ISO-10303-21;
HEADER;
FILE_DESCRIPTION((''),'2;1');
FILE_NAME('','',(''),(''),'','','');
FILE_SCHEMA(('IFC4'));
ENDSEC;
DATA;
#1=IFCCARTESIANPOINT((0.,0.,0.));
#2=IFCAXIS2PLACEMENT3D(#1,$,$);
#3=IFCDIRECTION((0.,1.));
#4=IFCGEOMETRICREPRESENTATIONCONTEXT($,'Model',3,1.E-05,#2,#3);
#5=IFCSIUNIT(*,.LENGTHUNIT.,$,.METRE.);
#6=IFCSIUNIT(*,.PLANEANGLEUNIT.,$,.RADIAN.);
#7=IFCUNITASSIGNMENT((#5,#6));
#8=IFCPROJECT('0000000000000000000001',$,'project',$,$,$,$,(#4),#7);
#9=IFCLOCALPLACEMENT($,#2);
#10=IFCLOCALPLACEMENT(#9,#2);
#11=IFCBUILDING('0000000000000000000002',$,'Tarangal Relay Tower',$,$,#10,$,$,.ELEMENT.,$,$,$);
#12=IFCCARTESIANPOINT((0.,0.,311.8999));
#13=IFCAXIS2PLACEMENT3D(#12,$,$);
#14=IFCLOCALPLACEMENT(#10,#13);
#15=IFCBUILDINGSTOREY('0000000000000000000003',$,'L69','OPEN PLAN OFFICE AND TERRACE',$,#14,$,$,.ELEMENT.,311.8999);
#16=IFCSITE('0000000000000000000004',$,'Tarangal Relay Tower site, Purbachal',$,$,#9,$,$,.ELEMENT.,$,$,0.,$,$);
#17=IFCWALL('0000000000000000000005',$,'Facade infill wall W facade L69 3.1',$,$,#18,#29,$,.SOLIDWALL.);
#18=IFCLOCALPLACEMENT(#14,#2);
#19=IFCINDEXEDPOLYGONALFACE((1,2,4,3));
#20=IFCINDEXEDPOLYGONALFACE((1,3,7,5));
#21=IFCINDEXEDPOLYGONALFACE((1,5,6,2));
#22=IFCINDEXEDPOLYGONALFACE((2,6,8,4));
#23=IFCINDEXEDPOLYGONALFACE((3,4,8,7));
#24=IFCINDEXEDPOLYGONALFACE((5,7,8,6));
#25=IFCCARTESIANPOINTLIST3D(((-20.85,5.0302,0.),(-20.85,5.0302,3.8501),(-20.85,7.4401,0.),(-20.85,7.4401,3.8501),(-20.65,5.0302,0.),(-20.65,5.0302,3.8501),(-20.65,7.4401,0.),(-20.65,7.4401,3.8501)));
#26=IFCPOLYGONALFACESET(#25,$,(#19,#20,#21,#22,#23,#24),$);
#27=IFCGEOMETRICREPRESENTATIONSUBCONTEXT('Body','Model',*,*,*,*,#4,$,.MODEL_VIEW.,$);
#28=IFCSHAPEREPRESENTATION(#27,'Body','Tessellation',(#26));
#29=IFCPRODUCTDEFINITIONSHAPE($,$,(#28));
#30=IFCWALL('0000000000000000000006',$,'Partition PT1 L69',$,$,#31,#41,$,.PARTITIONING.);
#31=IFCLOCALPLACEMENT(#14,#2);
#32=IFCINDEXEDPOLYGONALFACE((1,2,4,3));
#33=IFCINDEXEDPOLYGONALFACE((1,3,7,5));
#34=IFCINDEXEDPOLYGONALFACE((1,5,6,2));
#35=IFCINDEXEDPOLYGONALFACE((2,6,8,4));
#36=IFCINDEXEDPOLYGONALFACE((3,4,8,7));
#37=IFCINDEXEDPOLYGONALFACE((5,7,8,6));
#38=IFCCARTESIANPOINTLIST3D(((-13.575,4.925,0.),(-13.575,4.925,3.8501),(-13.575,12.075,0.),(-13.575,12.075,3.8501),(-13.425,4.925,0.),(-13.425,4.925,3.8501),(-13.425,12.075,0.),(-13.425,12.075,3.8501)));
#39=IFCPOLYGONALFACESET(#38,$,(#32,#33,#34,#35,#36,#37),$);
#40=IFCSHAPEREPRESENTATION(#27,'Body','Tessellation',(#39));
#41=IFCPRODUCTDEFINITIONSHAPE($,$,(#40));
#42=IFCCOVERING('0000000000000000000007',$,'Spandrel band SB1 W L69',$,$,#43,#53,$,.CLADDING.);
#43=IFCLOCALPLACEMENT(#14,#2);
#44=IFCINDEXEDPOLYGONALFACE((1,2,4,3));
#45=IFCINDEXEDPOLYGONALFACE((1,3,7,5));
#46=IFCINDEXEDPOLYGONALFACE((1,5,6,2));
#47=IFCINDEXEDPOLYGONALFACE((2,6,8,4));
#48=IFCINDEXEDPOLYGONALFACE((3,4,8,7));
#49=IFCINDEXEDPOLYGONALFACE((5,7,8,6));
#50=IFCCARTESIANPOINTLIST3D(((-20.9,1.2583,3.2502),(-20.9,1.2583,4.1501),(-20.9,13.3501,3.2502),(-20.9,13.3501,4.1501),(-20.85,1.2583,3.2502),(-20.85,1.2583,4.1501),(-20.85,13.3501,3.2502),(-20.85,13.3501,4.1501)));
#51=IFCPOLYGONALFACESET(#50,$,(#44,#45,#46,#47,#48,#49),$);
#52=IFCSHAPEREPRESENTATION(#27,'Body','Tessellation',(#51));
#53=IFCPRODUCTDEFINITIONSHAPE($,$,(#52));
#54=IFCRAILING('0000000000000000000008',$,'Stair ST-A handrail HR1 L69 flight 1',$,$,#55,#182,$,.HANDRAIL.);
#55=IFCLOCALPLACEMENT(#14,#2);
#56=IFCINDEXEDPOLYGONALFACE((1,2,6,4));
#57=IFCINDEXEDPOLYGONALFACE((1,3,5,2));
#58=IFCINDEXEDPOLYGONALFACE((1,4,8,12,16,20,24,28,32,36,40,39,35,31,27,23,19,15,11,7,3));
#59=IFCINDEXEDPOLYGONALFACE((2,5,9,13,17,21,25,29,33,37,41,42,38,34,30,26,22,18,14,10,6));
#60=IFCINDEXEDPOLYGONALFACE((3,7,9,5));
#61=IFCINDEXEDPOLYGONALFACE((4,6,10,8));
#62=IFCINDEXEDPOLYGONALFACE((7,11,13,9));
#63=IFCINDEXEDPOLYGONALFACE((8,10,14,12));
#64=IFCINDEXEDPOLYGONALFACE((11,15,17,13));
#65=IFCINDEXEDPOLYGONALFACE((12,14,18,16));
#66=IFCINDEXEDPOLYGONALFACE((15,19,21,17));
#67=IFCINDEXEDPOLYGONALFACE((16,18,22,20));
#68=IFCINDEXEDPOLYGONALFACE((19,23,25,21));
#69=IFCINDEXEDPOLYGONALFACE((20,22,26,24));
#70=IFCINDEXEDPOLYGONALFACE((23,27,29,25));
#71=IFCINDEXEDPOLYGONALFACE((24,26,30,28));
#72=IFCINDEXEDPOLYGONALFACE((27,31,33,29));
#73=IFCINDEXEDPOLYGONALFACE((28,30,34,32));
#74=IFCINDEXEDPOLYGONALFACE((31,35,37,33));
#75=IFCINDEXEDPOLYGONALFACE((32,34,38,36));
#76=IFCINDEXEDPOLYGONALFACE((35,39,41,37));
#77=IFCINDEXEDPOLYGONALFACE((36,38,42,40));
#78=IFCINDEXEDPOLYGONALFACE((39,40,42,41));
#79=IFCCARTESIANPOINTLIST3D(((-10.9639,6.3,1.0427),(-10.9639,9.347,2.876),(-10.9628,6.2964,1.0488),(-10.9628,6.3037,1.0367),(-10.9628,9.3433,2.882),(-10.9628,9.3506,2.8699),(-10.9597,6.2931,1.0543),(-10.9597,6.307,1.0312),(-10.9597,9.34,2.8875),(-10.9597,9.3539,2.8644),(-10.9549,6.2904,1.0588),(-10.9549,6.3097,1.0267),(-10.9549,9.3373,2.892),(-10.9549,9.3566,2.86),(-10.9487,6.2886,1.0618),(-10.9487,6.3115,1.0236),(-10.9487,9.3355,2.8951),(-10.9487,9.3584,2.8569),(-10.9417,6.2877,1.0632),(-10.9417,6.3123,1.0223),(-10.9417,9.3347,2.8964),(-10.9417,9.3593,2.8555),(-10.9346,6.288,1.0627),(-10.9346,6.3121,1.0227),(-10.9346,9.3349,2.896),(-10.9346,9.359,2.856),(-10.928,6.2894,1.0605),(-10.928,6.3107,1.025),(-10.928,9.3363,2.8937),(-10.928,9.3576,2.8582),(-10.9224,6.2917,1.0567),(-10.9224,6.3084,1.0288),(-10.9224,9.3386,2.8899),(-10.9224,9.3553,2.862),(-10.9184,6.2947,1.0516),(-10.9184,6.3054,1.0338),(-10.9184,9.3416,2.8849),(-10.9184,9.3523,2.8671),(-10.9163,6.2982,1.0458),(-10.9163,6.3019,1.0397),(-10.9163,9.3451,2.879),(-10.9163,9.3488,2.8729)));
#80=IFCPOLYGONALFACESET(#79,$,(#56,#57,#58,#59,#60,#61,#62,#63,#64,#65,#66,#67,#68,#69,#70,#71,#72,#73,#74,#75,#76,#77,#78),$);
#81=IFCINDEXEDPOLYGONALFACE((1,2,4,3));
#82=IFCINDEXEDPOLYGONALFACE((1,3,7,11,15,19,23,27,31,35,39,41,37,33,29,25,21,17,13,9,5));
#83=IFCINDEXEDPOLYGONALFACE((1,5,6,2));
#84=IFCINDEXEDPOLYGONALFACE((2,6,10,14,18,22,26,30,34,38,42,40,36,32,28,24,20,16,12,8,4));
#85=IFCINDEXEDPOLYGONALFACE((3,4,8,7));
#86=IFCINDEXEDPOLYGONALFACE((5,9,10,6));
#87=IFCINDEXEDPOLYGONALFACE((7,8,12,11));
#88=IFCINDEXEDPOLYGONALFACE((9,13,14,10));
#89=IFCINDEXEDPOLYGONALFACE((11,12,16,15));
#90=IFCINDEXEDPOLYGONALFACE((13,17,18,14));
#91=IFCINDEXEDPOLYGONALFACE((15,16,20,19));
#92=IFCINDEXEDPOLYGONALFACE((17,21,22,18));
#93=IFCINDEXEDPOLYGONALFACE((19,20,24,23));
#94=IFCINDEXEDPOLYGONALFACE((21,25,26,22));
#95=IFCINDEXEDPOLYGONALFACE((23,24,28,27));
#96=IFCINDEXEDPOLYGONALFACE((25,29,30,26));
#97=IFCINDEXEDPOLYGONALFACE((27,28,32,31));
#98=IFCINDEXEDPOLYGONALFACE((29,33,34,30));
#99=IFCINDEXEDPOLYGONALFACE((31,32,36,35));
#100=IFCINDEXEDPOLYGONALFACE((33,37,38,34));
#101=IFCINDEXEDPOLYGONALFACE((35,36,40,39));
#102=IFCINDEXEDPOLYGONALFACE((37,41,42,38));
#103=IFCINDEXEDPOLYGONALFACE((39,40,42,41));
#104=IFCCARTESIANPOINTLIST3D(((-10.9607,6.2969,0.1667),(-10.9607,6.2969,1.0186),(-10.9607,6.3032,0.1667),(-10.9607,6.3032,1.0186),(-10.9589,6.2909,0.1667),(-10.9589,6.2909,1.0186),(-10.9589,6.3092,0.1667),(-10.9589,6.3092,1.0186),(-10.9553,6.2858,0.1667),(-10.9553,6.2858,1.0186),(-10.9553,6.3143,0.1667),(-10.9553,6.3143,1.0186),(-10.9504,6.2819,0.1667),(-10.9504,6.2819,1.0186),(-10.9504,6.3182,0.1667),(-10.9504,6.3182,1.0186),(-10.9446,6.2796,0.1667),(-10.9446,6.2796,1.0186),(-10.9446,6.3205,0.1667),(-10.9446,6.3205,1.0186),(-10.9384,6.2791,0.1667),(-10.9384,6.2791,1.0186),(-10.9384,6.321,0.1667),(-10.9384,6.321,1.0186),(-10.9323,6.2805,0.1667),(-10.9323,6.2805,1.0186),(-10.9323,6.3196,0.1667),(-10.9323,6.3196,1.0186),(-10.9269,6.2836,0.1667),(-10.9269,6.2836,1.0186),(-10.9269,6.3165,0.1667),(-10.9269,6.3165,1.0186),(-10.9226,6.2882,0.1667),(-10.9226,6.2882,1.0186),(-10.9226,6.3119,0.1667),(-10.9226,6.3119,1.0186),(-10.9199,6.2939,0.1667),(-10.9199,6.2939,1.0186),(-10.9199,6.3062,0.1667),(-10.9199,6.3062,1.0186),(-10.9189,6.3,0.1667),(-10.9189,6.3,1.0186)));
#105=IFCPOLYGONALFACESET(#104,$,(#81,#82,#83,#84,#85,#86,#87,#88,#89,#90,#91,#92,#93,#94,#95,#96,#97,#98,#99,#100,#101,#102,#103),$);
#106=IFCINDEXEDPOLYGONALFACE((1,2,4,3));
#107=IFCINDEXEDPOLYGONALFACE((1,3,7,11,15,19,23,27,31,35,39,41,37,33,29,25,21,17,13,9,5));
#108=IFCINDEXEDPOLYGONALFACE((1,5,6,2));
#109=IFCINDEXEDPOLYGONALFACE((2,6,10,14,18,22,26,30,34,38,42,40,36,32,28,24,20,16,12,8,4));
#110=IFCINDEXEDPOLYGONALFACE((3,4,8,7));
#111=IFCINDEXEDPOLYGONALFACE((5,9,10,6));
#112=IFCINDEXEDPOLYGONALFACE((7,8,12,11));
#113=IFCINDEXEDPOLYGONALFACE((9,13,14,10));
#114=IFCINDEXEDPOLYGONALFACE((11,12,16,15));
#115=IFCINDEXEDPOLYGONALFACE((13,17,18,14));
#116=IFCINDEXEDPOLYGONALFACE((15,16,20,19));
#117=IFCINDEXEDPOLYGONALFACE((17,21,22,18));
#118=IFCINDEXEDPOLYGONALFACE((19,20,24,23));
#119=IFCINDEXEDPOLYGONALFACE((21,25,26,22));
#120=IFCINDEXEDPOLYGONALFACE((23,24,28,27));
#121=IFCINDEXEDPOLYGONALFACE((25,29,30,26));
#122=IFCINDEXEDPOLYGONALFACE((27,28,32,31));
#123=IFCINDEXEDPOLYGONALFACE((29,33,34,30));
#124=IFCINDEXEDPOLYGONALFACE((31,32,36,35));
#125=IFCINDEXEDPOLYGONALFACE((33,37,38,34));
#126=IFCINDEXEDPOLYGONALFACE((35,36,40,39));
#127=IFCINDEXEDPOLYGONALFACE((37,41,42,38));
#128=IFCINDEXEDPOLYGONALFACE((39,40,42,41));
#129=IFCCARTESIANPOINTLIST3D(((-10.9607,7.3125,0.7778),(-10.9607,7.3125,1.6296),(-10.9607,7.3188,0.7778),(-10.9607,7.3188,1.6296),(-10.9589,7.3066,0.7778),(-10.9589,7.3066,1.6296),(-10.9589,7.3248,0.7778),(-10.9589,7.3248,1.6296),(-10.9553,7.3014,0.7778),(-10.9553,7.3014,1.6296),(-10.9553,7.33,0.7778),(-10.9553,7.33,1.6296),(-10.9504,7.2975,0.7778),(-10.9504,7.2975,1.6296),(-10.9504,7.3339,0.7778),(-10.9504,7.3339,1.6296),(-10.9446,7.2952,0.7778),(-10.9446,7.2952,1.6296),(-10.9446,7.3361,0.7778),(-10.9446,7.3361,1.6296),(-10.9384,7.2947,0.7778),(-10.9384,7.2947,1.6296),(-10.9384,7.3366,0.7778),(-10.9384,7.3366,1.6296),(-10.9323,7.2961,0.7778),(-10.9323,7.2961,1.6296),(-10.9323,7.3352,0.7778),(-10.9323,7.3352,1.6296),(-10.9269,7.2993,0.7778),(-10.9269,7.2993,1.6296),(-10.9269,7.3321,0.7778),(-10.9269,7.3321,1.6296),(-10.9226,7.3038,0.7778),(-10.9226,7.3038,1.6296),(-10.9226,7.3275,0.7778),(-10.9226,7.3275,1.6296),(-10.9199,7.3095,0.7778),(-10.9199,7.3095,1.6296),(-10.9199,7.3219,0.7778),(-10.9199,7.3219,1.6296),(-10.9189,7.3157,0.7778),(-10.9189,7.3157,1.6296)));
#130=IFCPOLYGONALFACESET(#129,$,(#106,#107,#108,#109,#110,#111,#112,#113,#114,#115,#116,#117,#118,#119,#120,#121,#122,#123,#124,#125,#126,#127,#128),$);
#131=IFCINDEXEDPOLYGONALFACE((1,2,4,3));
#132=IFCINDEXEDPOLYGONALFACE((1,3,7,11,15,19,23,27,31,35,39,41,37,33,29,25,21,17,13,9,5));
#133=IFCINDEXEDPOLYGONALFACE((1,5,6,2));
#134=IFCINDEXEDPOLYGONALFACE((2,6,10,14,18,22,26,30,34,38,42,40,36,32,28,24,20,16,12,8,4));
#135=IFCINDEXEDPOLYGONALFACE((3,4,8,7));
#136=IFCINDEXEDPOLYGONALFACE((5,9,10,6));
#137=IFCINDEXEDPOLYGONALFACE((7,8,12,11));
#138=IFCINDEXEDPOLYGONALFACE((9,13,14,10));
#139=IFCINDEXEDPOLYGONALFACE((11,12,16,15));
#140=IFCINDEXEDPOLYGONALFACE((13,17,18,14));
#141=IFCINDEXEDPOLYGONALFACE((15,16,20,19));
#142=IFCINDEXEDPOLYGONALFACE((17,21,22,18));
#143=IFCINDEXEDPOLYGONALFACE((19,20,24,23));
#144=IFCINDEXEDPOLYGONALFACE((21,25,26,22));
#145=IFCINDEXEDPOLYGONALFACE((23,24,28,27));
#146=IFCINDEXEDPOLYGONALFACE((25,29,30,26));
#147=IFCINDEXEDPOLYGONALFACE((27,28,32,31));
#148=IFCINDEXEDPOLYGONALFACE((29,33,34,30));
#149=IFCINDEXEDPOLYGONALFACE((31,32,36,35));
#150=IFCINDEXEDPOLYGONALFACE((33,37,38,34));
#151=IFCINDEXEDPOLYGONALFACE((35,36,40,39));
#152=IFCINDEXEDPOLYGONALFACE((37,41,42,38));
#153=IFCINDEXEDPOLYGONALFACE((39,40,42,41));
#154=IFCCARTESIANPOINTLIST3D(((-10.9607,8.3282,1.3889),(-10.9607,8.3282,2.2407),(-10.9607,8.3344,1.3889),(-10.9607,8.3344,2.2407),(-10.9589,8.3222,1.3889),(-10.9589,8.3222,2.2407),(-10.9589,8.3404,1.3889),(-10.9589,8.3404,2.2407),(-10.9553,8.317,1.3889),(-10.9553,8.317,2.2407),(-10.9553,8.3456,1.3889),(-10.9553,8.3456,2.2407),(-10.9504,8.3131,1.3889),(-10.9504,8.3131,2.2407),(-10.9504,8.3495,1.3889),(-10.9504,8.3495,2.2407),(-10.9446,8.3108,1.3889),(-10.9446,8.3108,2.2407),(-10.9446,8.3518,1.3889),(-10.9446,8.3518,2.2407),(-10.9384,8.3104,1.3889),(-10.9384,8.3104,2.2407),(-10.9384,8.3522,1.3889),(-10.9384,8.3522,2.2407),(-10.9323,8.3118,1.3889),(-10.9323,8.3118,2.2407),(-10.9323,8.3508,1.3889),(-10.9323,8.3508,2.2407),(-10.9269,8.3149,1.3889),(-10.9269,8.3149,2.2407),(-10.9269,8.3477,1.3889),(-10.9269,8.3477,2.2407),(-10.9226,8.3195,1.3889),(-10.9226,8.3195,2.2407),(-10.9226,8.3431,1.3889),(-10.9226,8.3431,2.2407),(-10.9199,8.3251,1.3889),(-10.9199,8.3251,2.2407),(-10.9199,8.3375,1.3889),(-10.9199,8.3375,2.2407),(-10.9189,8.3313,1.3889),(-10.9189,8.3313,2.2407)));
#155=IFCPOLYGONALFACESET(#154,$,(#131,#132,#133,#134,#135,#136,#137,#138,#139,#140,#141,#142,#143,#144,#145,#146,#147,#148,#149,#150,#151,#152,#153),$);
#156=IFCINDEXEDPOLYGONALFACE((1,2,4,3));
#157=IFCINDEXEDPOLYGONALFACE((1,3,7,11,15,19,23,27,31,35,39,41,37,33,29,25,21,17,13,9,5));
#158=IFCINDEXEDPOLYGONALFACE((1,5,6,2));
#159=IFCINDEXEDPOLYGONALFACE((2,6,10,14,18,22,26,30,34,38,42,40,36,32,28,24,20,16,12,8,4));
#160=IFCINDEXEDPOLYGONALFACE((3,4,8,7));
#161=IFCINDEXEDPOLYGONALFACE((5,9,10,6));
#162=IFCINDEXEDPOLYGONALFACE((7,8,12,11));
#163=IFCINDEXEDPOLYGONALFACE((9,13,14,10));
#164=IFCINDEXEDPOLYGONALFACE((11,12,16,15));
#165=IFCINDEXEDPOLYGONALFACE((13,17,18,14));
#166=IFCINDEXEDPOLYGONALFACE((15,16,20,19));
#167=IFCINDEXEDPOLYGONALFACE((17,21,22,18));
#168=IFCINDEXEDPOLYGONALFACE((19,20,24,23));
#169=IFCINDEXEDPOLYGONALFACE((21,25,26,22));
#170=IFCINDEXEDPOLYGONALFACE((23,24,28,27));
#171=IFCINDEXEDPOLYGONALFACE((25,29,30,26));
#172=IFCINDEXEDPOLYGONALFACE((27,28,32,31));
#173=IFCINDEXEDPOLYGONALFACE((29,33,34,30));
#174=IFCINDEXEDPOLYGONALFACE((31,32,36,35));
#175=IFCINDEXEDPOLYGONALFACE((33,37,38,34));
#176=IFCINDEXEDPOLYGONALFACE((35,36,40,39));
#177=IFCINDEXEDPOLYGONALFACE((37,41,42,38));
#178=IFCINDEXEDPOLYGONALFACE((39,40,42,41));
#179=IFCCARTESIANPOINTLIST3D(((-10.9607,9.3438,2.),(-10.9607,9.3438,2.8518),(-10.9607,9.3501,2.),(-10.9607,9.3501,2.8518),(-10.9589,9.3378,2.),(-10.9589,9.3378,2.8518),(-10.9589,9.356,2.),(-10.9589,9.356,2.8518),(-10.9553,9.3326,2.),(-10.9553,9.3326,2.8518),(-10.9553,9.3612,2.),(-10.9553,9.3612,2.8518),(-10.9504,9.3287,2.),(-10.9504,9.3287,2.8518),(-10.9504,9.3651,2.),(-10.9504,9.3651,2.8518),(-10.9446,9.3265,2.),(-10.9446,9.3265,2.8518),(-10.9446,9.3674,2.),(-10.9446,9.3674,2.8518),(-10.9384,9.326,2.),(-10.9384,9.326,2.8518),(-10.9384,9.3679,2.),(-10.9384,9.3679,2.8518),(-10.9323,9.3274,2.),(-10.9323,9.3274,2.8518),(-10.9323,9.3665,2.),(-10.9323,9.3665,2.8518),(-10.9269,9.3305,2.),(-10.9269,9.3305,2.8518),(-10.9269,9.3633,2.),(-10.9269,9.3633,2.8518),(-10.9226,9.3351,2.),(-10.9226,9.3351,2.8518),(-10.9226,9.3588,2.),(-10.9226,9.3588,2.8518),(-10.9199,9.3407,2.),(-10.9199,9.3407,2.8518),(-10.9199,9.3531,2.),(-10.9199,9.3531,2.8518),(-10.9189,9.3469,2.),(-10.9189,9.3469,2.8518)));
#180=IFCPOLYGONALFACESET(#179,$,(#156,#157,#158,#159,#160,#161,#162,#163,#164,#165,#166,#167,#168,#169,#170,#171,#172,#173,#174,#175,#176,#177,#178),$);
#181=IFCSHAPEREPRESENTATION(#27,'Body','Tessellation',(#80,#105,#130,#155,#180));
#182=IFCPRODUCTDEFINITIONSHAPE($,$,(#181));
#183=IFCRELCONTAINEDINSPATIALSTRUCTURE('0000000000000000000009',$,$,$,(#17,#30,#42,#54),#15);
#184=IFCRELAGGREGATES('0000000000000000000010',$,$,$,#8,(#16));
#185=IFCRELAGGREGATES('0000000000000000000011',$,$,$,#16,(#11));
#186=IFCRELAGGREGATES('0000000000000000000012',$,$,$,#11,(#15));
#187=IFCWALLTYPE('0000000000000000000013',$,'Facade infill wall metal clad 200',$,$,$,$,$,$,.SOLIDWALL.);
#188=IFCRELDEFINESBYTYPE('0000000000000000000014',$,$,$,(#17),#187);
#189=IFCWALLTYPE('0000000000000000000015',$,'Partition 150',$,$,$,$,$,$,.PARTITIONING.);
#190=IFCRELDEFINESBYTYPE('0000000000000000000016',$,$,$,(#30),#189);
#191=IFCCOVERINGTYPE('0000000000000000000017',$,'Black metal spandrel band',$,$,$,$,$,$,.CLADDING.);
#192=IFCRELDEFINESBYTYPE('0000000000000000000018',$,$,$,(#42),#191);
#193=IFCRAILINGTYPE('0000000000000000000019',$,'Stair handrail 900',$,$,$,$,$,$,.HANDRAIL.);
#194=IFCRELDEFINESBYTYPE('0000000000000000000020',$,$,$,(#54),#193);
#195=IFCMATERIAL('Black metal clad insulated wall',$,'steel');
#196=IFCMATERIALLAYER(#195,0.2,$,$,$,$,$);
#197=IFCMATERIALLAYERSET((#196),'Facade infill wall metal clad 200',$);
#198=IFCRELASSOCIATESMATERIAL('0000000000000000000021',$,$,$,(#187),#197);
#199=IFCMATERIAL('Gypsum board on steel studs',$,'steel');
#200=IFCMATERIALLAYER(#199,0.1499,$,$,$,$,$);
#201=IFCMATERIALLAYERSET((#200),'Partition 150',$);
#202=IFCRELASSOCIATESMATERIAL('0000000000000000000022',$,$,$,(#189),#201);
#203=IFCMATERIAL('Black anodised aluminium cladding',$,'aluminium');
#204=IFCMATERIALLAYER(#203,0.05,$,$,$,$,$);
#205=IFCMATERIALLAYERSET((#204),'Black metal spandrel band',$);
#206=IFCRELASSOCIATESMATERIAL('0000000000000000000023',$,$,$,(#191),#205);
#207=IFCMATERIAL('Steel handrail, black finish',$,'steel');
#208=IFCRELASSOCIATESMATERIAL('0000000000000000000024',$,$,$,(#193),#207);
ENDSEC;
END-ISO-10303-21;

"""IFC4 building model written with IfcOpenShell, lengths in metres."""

from ifc_helpers import new_model, si_unit, direction, frame, frame_2d, origin, origin_2d, place, context, subcontext, project, spatial, rectangle, circle, extrude, material, layer, layer_set, type_object, element, save


model = new_model("IFC4")

# Units and contexts
model_context = context("Model", 3, precision=1e-05, world=origin(), true_north=direction((0.0, 1.0)))
body_context = subcontext(model_context, "Body", "Model", "MODEL_VIEW")
ifc_project = project(units=[si_unit("LENGTHUNIT", "METRE"), si_unit("PLANEANGLEUNIT", "RADIAN")], contexts=[model_context])

# Site, building, storey
site_placement = place(None, origin())
site = spatial("IfcSite", under=ifc_project, at=site_placement, Name="Tarangal Relay Tower site, Purbachal", CompositionType="ELEMENT", RefElevation=0.0)
building_placement = place(site_placement, origin())
building = spatial("IfcBuilding", under=site, at=building_placement, Name="Tarangal Relay Tower", CompositionType="ELEMENT")
storey_placement = place(building_placement, frame((0.0, 0.0, 311.8999)))
storey = spatial("IfcBuildingStorey", under=building, at=storey_placement, Name="L69", Description="OPEN PLAN OFFICE AND TERRACE", CompositionType="ELEMENT", Elevation=311.8999)

# Walls
ifc_material_1 = material(Name="Black metal clad insulated wall", Category="steel")
ifc_layer_1 = layer(ifc_material_1, 0.2)
ifc_layer_set_1 = layer_set([ifc_layer_1], Name="Facade infill wall metal clad 200")
wall_type_1 = type_object("IfcWallType", Name="Facade infill wall metal clad 200", PredefinedType="SOLIDWALL", material=ifc_layer_set_1)
wall_1_placement = place(storey_placement, frame((-20.75, 5.03, 0.0), z_axis=(0.0, 0.0, 1.0), x_axis=(0.0, 1.0, 0.0)))
element("IfcWall", 1, at=wall_1_placement, inside=storey, type_object=wall_type_1, Name="Facade infill wall W facade L69 3.1", PredefinedType="SOLIDWALL", context=body_context, shape_type="SweptSolid", body=[
    extrude(rectangle(XDim=2.4099, YDim=0.2, at=frame_2d((1.2051, 0.0))), origin(), (0.0, 0.0, 1.0), 3.8501),
])
ifc_material_2 = material(Name="Gypsum board on steel studs", Category="steel")
ifc_layer_2 = layer(ifc_material_2, 0.1499)
ifc_layer_set_2 = layer_set([ifc_layer_2], Name="Partition 150")
wall_type_2 = type_object("IfcWallType", Name="Partition 150", PredefinedType="PARTITIONING", material=ifc_layer_set_2)
wall_2_placement = place(storey_placement, frame((-13.5, 4.925, 0.0), z_axis=(0.0, 0.0, 1.0), x_axis=(0.0, 1.0, 0.0)))
element("IfcWall", 2, at=wall_2_placement, inside=storey, type_object=wall_type_2, Name="Partition PT1 L69", PredefinedType="PARTITIONING", context=body_context, shape_type="SweptSolid", body=[
    extrude(rectangle(XDim=7.1499, YDim=0.1499, at=frame_2d((3.575, 0.0))), origin(), (0.0, 0.0, 1.0), 3.8501),
])

# Covering
ifc_material_3 = material(Name="Black anodised aluminium cladding", Category="aluminium")
ifc_layer_3 = layer(ifc_material_3, 0.05)
ifc_layer_set_3 = layer_set([ifc_layer_3], Name="Black metal spandrel band")
covering_type = type_object("IfcCoveringType", Name="Black metal spandrel band", PredefinedType="CLADDING", material=ifc_layer_set_3)
covering_placement = place(storey_placement, frame((-20.875, 7.3042, 3.2502), z_axis=(0.0, 0.0, 1.0), x_axis=(0.0, 1.0, 0.0)))
element("IfcCovering", 3, at=covering_placement, inside=storey, type_object=covering_type, Name="Spandrel band SB1 W L69", PredefinedType="CLADDING", context=body_context, shape_type="SweptSolid", body=[
    extrude(rectangle(XDim=12.0918, YDim=0.05, at=origin_2d()), origin(), (0.0, 0.0, 1.0), 0.8999),
])

# Railing
ifc_material_4 = material(Name="Steel handrail, black finish", Category="steel")
railing_type = type_object("IfcRailingType", Name="Stair handrail 900", PredefinedType="HANDRAIL", material=ifc_material_4)
railing_placement = place(storey_placement, frame((-10.9399, 6.3, 0.1667)))
element("IfcRailing", 4, at=railing_placement, inside=storey, type_object=railing_type, Name="Stair ST-A handrail HR1 L69 flight 1", PredefinedType="HANDRAIL", context=body_context, shape_type="SweptSolid", body=[
    extrude(circle(Radius=0.0239, at=origin_2d()), frame((0.0, 0.0, 0.876), z_axis=(0.0, 0.856856, 0.515556), x_axis=(-1.0, 0.0, 0.0)), (0.0, 0.0, 1.0), 3.5559),
    extrude(circle(Radius=0.021, at=origin_2d()), origin(), (0.0, 0.0, 1.0), 0.8518),
    extrude(circle(Radius=0.021, at=origin_2d()), frame((0.0, 1.0156, 0.6111)), (0.0, 0.0, 1.0), 0.8518),
    extrude(circle(Radius=0.021, at=origin_2d()), frame((0.0, 2.0312, 1.2222)), (0.0, 0.0, 1.0), 0.8518),
    extrude(circle(Radius=0.021, at=origin_2d()), frame((0.0, 3.0469, 1.8333)), (0.0, 0.0, 1.0), 0.8518),
])

save(model, "model.ifc")
